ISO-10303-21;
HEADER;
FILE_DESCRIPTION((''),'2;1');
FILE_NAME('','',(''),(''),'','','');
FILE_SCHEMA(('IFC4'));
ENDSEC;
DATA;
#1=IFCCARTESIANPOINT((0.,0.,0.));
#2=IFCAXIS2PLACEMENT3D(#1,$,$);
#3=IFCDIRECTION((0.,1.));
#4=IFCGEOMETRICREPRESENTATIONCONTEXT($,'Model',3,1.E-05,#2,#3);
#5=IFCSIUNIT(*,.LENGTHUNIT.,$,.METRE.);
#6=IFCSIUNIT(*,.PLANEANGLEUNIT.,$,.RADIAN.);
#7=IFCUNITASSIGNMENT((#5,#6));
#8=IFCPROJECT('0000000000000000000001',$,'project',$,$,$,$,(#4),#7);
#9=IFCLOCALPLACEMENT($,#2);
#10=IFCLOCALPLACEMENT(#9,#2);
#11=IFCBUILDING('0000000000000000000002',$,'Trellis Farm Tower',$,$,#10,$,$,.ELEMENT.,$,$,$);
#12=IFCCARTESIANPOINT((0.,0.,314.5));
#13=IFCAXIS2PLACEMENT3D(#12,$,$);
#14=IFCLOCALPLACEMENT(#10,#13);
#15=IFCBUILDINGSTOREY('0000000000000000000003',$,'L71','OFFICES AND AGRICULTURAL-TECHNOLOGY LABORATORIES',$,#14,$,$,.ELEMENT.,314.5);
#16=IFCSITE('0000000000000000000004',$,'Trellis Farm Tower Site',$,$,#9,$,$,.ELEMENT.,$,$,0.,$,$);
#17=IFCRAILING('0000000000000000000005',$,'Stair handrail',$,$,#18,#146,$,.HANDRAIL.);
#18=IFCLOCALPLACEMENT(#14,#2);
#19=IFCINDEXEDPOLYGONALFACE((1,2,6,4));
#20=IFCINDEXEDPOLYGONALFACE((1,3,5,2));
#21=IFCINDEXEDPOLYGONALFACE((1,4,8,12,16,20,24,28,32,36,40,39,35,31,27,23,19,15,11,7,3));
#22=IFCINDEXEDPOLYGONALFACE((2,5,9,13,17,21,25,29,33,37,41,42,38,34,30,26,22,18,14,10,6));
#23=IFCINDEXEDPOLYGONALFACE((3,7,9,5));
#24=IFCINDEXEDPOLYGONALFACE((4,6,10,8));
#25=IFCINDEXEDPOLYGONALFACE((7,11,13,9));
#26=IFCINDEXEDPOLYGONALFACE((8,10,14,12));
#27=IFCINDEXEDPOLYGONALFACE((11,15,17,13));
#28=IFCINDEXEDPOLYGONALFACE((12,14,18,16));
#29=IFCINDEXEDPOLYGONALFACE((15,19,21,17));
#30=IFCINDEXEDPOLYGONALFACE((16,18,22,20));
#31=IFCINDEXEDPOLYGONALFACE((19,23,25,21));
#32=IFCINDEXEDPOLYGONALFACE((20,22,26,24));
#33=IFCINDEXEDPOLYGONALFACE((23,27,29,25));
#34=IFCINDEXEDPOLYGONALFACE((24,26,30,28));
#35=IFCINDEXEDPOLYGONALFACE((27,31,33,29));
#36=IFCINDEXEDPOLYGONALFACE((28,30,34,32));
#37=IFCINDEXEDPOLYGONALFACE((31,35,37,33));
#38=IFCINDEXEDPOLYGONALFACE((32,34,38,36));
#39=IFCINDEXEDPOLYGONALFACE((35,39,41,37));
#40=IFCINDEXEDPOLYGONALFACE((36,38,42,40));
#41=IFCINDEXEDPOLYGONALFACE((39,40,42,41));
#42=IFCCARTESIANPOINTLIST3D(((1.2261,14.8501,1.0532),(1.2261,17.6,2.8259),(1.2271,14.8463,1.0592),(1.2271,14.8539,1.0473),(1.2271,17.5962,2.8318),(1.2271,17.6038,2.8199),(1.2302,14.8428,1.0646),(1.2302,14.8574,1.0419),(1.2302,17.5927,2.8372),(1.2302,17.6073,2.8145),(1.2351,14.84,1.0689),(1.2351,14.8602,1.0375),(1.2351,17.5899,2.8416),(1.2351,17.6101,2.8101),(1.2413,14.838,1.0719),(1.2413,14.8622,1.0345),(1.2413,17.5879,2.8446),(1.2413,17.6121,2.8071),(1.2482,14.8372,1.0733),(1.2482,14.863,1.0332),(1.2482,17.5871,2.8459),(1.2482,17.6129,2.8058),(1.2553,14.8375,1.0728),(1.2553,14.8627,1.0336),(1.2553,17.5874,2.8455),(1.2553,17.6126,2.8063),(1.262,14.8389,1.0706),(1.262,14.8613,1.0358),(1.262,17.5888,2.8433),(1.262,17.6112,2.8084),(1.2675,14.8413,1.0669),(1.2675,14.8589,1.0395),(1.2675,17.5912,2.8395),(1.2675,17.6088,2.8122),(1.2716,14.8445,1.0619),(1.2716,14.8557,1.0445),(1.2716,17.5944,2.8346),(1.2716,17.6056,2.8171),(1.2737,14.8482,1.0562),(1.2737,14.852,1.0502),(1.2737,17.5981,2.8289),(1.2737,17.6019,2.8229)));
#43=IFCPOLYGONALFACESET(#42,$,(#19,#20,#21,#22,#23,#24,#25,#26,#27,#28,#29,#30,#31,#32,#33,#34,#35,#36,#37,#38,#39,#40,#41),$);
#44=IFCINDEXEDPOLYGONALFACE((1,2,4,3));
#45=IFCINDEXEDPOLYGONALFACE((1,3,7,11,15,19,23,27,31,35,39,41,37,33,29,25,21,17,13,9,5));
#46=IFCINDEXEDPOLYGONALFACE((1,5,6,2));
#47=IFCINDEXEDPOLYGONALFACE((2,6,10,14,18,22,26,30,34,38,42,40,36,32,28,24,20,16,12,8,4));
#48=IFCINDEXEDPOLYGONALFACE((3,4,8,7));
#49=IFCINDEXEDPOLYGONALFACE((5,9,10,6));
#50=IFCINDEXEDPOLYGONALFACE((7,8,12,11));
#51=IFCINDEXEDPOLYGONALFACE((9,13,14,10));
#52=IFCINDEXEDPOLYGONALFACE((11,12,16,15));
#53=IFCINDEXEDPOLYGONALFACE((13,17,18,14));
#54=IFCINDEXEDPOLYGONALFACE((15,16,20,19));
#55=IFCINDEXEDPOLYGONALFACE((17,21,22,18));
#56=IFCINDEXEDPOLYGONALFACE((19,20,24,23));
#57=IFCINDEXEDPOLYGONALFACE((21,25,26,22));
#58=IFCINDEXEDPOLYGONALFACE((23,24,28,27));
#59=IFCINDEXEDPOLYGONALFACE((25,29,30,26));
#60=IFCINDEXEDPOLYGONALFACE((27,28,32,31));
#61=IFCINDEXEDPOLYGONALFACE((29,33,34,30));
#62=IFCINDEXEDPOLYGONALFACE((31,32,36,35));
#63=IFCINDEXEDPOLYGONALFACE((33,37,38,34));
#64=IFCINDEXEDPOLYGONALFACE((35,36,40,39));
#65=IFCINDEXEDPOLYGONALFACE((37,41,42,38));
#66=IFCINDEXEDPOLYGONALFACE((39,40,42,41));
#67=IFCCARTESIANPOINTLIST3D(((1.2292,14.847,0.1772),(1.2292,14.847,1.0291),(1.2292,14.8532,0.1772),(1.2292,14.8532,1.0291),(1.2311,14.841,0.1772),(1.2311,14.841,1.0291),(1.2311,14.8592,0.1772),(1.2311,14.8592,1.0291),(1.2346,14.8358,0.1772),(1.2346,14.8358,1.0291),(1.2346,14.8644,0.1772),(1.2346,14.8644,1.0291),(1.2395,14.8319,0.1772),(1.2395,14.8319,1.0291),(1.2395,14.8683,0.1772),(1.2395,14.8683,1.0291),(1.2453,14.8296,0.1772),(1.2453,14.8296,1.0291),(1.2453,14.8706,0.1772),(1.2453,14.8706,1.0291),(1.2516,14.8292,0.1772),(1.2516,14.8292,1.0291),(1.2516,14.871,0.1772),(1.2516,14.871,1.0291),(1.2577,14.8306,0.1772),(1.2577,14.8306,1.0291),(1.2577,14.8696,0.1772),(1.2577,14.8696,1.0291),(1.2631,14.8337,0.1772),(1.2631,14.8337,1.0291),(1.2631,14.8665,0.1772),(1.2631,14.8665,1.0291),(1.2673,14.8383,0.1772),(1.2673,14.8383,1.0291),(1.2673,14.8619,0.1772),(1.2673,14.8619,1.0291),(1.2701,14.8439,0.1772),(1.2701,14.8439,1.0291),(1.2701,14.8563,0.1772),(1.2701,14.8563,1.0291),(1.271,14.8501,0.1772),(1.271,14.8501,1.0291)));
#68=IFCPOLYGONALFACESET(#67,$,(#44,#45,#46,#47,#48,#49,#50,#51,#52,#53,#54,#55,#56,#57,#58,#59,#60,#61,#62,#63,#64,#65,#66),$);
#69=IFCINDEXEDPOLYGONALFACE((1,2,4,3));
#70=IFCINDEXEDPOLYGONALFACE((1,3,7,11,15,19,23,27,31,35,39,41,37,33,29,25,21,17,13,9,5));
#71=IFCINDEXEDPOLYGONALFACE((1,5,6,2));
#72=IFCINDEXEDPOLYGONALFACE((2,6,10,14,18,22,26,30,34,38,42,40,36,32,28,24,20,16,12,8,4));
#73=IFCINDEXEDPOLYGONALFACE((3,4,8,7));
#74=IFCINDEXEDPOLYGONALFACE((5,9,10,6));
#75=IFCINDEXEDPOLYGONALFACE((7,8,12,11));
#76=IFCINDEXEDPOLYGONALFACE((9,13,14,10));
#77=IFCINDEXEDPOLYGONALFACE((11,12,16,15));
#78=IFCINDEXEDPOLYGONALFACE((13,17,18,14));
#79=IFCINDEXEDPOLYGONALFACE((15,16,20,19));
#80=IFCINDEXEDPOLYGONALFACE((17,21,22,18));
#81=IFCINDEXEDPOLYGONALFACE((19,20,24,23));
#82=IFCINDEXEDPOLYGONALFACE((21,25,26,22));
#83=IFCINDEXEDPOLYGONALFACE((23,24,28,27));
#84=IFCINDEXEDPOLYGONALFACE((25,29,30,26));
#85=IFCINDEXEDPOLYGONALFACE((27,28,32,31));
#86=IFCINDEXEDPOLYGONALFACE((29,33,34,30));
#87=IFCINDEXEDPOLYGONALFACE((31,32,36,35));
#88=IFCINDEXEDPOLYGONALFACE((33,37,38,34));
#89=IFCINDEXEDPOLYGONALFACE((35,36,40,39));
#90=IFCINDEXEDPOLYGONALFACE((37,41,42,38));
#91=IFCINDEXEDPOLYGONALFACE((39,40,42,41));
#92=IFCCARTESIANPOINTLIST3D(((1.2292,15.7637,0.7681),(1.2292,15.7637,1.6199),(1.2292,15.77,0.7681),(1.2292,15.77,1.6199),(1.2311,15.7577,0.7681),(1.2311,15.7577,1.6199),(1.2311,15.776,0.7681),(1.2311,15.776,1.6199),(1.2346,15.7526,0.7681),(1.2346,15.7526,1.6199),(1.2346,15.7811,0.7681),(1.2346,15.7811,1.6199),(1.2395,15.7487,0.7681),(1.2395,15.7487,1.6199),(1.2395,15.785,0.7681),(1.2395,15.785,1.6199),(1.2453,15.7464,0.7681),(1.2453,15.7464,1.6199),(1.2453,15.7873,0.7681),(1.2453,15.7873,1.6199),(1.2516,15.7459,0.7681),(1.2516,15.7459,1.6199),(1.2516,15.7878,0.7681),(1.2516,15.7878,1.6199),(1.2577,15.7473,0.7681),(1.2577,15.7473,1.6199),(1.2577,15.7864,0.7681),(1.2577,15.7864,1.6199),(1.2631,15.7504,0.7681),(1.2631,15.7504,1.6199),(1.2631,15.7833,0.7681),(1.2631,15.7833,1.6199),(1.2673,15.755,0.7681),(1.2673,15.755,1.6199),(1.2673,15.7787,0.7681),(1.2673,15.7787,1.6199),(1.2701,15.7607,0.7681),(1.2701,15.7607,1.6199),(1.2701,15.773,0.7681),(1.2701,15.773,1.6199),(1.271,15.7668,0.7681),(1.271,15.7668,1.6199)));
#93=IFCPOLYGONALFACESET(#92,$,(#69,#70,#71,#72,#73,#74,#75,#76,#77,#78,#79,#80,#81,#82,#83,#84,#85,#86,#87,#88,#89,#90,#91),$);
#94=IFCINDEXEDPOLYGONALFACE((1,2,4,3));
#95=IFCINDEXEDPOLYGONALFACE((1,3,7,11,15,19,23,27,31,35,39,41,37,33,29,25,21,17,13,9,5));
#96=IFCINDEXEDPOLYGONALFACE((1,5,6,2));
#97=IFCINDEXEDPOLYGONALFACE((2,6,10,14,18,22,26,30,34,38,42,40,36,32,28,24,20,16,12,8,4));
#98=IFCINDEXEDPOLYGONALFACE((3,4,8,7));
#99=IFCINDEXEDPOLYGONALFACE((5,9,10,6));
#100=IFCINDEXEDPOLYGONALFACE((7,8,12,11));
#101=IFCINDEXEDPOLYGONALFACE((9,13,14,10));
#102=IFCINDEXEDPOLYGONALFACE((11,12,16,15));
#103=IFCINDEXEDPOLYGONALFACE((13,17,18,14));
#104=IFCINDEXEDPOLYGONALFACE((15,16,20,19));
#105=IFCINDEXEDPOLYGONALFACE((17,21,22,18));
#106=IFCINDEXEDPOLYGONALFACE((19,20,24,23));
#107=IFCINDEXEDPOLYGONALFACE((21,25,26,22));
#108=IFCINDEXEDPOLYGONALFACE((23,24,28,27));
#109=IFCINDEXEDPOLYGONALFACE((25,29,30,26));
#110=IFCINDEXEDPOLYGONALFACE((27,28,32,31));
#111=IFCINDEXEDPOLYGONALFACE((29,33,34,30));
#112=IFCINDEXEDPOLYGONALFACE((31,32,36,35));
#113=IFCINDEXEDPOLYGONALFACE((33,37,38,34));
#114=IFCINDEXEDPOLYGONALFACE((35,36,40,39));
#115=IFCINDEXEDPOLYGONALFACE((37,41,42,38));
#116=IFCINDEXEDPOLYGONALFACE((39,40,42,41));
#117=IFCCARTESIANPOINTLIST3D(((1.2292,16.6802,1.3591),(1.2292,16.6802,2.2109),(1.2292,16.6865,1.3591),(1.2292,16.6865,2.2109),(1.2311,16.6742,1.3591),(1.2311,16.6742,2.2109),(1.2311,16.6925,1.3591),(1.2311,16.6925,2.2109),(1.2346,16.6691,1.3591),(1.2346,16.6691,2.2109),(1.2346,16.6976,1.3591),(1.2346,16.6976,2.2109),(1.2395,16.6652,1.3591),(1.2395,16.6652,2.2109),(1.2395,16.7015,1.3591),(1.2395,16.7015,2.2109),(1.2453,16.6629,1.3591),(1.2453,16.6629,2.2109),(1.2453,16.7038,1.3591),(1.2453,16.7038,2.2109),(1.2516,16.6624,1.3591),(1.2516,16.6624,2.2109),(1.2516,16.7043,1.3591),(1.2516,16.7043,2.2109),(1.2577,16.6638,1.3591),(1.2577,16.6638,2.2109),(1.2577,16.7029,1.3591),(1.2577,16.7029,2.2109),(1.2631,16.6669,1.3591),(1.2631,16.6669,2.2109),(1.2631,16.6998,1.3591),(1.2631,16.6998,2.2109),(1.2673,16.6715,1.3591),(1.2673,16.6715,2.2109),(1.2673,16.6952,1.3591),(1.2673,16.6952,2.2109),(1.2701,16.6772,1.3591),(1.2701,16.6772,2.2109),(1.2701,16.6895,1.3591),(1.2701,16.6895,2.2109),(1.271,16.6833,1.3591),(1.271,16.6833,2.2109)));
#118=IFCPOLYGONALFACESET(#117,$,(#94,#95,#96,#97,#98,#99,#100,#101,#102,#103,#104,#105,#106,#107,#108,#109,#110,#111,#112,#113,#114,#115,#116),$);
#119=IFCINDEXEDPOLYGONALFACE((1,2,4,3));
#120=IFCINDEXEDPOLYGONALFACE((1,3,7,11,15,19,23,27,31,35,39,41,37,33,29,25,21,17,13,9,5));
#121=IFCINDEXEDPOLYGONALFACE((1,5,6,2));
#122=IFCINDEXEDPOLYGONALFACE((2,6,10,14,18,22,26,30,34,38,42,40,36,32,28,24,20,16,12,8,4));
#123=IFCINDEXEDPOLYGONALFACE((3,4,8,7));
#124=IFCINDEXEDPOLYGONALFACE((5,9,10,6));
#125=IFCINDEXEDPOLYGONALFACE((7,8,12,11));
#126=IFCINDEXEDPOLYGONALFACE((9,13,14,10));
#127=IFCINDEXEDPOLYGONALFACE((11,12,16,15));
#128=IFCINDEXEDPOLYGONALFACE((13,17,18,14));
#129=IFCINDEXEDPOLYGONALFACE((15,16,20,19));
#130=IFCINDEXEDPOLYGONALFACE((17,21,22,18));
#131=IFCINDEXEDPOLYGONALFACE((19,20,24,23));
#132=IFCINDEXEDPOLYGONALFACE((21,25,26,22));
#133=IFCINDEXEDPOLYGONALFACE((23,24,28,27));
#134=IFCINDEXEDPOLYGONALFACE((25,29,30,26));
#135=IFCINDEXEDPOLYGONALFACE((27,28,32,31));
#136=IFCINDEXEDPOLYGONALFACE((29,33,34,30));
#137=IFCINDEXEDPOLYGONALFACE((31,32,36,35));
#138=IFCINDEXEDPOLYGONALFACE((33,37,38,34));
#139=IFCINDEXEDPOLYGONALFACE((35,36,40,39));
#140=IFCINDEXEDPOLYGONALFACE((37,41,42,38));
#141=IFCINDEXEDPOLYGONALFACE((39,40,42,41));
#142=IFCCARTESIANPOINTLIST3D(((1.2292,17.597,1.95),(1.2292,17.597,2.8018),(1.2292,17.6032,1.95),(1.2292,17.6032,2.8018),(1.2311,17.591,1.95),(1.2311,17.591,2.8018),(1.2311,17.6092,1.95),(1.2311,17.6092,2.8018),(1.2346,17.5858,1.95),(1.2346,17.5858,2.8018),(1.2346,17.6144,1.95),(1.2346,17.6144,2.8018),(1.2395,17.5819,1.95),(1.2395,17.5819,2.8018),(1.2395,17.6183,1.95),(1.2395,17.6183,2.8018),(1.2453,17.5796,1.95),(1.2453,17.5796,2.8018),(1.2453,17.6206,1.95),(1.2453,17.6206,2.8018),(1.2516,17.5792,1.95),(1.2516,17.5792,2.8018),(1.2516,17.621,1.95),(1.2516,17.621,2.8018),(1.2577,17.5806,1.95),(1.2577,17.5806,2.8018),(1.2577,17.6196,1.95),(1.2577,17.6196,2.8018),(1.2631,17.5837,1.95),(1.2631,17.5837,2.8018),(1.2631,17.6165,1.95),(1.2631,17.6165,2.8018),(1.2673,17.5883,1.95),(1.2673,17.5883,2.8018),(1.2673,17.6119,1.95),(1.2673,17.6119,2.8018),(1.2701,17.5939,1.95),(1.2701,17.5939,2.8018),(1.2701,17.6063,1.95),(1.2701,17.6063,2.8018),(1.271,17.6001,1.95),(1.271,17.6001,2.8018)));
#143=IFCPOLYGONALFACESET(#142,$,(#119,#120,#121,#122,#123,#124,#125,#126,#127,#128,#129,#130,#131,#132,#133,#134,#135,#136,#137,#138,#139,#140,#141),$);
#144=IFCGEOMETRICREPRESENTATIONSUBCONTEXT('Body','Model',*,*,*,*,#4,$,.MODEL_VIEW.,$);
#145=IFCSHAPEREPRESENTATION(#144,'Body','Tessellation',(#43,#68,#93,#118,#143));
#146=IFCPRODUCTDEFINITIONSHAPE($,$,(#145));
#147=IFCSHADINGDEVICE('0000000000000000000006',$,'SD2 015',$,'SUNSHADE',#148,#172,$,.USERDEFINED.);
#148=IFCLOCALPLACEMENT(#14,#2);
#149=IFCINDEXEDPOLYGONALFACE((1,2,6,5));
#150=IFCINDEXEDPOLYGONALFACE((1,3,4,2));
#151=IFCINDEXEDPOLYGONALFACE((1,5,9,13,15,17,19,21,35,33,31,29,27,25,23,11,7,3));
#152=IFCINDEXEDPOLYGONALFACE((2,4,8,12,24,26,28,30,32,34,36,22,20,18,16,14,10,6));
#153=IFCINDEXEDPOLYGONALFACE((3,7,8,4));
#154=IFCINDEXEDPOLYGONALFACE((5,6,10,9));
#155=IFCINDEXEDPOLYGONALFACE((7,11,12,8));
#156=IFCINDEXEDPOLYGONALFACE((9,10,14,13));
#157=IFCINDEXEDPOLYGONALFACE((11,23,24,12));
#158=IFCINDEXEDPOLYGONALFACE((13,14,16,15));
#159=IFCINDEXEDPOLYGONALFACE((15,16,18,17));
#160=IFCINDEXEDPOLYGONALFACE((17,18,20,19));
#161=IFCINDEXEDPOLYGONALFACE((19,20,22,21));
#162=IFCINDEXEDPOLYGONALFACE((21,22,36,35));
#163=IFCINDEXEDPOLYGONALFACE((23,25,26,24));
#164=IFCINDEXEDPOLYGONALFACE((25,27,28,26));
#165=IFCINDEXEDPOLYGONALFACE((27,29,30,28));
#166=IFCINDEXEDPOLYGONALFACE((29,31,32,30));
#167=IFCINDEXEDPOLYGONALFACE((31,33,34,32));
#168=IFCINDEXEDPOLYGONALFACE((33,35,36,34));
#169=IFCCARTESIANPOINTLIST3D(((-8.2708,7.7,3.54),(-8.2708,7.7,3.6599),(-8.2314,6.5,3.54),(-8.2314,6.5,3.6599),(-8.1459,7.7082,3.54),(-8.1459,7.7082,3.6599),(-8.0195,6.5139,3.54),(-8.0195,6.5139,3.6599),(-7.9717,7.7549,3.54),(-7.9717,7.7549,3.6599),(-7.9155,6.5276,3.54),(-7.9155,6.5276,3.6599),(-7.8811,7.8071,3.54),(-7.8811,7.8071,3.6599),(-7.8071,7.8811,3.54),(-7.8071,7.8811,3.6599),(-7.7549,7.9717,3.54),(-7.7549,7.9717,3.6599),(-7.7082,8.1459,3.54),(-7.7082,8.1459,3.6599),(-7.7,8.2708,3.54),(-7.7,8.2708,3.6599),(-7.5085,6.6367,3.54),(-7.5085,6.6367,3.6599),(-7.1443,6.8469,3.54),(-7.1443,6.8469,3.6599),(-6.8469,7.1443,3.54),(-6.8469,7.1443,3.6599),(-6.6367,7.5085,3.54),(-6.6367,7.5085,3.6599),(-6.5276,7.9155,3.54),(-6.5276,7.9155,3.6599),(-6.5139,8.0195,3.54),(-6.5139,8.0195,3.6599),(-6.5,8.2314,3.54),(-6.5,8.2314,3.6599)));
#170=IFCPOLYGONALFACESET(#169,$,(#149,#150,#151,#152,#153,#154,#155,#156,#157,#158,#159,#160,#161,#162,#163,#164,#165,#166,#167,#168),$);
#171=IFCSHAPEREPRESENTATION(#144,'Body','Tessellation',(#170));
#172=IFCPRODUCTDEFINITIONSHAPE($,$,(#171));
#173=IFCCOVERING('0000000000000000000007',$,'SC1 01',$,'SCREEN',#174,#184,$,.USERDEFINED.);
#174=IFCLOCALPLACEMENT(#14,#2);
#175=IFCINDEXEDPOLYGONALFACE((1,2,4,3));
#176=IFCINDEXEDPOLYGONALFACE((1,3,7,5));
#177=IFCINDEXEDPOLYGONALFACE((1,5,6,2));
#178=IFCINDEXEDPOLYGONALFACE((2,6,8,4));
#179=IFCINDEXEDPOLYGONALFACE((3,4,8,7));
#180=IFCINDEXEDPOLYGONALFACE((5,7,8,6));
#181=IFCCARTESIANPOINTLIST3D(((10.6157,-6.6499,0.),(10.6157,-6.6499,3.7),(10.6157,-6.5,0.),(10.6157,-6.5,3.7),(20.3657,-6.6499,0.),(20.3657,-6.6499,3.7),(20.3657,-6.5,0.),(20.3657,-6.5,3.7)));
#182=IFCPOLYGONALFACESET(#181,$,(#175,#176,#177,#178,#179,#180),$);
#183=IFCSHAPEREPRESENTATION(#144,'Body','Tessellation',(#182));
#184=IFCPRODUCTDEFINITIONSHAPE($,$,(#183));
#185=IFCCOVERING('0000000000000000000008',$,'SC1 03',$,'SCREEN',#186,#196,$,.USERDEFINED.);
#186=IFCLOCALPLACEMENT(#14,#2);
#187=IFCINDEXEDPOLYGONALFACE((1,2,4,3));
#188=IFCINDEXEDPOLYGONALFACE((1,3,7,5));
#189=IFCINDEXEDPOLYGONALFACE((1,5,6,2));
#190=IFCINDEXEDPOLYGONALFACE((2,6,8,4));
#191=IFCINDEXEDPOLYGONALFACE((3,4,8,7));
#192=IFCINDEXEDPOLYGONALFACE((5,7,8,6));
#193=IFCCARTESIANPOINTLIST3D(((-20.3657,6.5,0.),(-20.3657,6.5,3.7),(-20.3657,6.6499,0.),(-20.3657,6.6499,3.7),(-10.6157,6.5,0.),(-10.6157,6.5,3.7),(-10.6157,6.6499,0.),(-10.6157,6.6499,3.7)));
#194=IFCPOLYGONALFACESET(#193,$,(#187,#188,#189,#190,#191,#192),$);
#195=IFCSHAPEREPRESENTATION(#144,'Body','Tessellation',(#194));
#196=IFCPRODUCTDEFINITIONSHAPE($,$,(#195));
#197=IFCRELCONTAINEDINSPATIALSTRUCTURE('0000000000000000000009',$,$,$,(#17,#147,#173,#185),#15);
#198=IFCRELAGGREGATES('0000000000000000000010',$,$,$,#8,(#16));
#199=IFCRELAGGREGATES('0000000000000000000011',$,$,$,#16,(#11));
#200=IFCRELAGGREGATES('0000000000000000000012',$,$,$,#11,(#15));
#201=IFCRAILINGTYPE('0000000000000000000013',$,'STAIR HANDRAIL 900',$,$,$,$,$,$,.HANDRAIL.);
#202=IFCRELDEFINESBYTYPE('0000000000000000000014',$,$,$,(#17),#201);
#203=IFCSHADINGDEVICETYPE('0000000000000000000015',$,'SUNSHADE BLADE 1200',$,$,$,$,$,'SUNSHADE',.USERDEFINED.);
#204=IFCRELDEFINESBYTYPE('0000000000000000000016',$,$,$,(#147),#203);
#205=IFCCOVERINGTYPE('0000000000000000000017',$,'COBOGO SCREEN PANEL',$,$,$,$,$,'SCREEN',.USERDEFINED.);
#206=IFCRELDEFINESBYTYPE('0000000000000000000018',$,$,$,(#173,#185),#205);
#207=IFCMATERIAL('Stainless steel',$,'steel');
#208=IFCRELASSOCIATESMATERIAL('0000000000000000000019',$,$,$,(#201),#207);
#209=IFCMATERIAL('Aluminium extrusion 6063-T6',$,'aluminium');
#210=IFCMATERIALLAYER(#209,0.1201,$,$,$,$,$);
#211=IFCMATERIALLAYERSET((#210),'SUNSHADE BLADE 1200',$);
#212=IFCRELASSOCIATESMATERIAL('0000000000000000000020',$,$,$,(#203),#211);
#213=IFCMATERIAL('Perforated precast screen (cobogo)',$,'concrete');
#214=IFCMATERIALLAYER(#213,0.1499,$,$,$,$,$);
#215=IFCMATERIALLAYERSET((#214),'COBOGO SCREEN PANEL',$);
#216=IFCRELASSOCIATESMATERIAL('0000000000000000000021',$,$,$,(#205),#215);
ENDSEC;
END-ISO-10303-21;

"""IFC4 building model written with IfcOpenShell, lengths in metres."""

from ifc_helpers import new_model, si_unit, direction, frame, origin, origin_2d, place, context, subcontext, project, spatial, polyline, circle, outline, extrude, source, transform, mapped, material, layer, layer_set, type_object, element, save


model = new_model("IFC4")

# Units and contexts
model_context = context("Model", 3, precision=1e-05, world=origin(), true_north=direction((0.0, 1.0)))
body_context = subcontext(model_context, "Body", "Model", "MODEL_VIEW")
ifc_project = project(units=[si_unit("LENGTHUNIT", "METRE"), si_unit("PLANEANGLEUNIT", "RADIAN")], contexts=[model_context])

# Site, building, storey
site_placement = place(None, origin())
site = spatial("IfcSite", under=ifc_project, at=site_placement, Name="Trellis Farm Tower Site", CompositionType="ELEMENT", RefElevation=0.0)
building_placement = place(site_placement, origin())
building = spatial("IfcBuilding", under=site, at=building_placement, Name="Trellis Farm Tower", CompositionType="ELEMENT")
storey_placement = place(building_placement, frame((0.0, 0.0, 314.5)))
storey = spatial("IfcBuildingStorey", under=building, at=storey_placement, Name="L71", Description="OFFICES AND AGRICULTURAL-TECHNOLOGY LABORATORIES", CompositionType="ELEMENT", Elevation=314.5)

# Shared definitions
placement_1 = place(storey_placement, origin())
ifc_material_1 = material(Name="Aluminium extrusion 6063-T6", Category="aluminium")

# Railing
ifc_material_2 = material(Name="Stainless steel", Category="steel")
railing_type = type_object("IfcRailingType", Name="STAIR HANDRAIL 900", PredefinedType="HANDRAIL", material=ifc_material_2)
shared_shape_1 = source(origin(), body_context, "Body", "SweptSolid", [
    extrude(circle(Radius=0.0239, at=origin_2d()), frame((0.0, 0.0, 0.876), z_axis=(0.0, 0.840504, 0.541806), x_axis=(-1.0, 0.0, 0.0)), (0.0, 0.0, 1.0), 3.2717),
    extrude(circle(Radius=0.021, at=origin_2d()), origin(), (0.0, 0.0, 1.0), 0.8518),
    extrude(circle(Radius=0.021, at=origin_2d()), frame((0.0, 0.9167, 0.5908)), (0.0, 0.0, 1.0), 0.8518),
    extrude(circle(Radius=0.021, at=origin_2d()), frame((0.0, 1.8333, 1.1819)), (0.0, 0.0, 1.0), 0.8518),
    extrude(circle(Radius=0.021, at=origin_2d()), frame((0.0, 2.75, 1.7727)), (0.0, 0.0, 1.0), 0.8518),
])
railing_placement = place(storey_placement, frame((1.25, 14.8501, 0.1772)))
element("IfcRailing", 1, at=railing_placement, inside=storey, type_object=railing_type, Name="Stair handrail", PredefinedType="HANDRAIL", context=body_context, shape_type="MappedRepresentation", body=[
    mapped(shared_shape_1, transform((0.0, 0.0, 0.0))),
])

# Shading device
ifc_layer_1 = layer(ifc_material_1, 0.1201)
ifc_layer_set_1 = layer_set([ifc_layer_1], Name="SUNSHADE BLADE 1200")
shading_device_type_1 = type_object("IfcShadingDeviceType", Name="SUNSHADE BLADE 1200", ElementType="SUNSHADE", PredefinedType="USERDEFINED", material=ifc_layer_set_1)
shared_shape_2 = source(origin(), body_context, "Body", "SweptSolid", [
    extrude(outline(polyline([(-7.7, 8.2708), (-7.7087, 8.1372), (-7.707, 8.1501), (-7.7549, 7.9717), (-7.8071, 7.8811), (-7.8811, 7.8071), (-7.9717, 7.7549), (-8.1501, 7.707), (-8.1372, 7.7087), (-8.2708, 7.7), (-8.2314, 6.5), (-8.0195, 6.5139), (-7.9155, 6.5276), (-7.5085, 6.6367), (-7.1443, 6.8469), (-6.8469, 7.1443), (-6.6367, 7.5085), (-6.5276, 7.9155), (-6.5139, 8.0195), (-6.5, 8.2314), (-7.7, 8.2708)])), origin(), (0.0, 0.0, 1.0), 0.1199),
])
placement_2 = place(storey_placement, frame((0.0, 0.0, 3.54)))
element("IfcShadingDevice", 2, at=placement_2, inside=storey, type_object=shading_device_type_1, Name="SD2 015", ObjectType="SUNSHADE", PredefinedType="USERDEFINED", context=body_context, shape_type="MappedRepresentation", body=[
    mapped(shared_shape_2, transform((0.0, 0.0, 0.0))),
])

# Coverings
ifc_material_3 = material(Name="Perforated precast screen (cobogo)", Category="concrete")
ifc_layer_2 = layer(ifc_material_3, 0.1499)
ifc_layer_set_2 = layer_set([ifc_layer_2], Name="COBOGO SCREEN PANEL")
covering_type = type_object("IfcCoveringType", Name="COBOGO SCREEN PANEL", ElementType="SCREEN", PredefinedType="USERDEFINED", material=ifc_layer_set_2)
shared_shape_3 = source(origin(), body_context, "Body", "SweptSolid", [
    extrude(outline(polyline([(10.6157, -6.6499), (20.3657, -6.6499), (20.3657, -6.5), (10.6157, -6.5), (10.6157, -6.6499)])), origin(), (0.0, 0.0, 1.0), 3.7),
])
element("IfcCovering", 3, at=placement_1, inside=storey, type_object=covering_type, Name="SC1 01", ObjectType="SCREEN", PredefinedType="USERDEFINED", context=body_context, shape_type="MappedRepresentation", body=[
    mapped(shared_shape_3, transform((0.0, 0.0, 0.0))),
])
shared_shape_4 = source(origin(), body_context, "Body", "SweptSolid", [
    extrude(outline(polyline([(-10.6157, 6.6499), (-20.3657, 6.6499), (-20.3657, 6.5), (-10.6157, 6.5), (-10.6157, 6.6499)])), origin(), (0.0, 0.0, 1.0), 3.7),
])
element("IfcCovering", 4, at=placement_1, inside=storey, type_object=covering_type, Name="SC1 03", ObjectType="SCREEN", PredefinedType="USERDEFINED", context=body_context, shape_type="MappedRepresentation", body=[
    mapped(shared_shape_4, transform((0.0, 0.0, 0.0))),
])

save(model, "model.ifc")
